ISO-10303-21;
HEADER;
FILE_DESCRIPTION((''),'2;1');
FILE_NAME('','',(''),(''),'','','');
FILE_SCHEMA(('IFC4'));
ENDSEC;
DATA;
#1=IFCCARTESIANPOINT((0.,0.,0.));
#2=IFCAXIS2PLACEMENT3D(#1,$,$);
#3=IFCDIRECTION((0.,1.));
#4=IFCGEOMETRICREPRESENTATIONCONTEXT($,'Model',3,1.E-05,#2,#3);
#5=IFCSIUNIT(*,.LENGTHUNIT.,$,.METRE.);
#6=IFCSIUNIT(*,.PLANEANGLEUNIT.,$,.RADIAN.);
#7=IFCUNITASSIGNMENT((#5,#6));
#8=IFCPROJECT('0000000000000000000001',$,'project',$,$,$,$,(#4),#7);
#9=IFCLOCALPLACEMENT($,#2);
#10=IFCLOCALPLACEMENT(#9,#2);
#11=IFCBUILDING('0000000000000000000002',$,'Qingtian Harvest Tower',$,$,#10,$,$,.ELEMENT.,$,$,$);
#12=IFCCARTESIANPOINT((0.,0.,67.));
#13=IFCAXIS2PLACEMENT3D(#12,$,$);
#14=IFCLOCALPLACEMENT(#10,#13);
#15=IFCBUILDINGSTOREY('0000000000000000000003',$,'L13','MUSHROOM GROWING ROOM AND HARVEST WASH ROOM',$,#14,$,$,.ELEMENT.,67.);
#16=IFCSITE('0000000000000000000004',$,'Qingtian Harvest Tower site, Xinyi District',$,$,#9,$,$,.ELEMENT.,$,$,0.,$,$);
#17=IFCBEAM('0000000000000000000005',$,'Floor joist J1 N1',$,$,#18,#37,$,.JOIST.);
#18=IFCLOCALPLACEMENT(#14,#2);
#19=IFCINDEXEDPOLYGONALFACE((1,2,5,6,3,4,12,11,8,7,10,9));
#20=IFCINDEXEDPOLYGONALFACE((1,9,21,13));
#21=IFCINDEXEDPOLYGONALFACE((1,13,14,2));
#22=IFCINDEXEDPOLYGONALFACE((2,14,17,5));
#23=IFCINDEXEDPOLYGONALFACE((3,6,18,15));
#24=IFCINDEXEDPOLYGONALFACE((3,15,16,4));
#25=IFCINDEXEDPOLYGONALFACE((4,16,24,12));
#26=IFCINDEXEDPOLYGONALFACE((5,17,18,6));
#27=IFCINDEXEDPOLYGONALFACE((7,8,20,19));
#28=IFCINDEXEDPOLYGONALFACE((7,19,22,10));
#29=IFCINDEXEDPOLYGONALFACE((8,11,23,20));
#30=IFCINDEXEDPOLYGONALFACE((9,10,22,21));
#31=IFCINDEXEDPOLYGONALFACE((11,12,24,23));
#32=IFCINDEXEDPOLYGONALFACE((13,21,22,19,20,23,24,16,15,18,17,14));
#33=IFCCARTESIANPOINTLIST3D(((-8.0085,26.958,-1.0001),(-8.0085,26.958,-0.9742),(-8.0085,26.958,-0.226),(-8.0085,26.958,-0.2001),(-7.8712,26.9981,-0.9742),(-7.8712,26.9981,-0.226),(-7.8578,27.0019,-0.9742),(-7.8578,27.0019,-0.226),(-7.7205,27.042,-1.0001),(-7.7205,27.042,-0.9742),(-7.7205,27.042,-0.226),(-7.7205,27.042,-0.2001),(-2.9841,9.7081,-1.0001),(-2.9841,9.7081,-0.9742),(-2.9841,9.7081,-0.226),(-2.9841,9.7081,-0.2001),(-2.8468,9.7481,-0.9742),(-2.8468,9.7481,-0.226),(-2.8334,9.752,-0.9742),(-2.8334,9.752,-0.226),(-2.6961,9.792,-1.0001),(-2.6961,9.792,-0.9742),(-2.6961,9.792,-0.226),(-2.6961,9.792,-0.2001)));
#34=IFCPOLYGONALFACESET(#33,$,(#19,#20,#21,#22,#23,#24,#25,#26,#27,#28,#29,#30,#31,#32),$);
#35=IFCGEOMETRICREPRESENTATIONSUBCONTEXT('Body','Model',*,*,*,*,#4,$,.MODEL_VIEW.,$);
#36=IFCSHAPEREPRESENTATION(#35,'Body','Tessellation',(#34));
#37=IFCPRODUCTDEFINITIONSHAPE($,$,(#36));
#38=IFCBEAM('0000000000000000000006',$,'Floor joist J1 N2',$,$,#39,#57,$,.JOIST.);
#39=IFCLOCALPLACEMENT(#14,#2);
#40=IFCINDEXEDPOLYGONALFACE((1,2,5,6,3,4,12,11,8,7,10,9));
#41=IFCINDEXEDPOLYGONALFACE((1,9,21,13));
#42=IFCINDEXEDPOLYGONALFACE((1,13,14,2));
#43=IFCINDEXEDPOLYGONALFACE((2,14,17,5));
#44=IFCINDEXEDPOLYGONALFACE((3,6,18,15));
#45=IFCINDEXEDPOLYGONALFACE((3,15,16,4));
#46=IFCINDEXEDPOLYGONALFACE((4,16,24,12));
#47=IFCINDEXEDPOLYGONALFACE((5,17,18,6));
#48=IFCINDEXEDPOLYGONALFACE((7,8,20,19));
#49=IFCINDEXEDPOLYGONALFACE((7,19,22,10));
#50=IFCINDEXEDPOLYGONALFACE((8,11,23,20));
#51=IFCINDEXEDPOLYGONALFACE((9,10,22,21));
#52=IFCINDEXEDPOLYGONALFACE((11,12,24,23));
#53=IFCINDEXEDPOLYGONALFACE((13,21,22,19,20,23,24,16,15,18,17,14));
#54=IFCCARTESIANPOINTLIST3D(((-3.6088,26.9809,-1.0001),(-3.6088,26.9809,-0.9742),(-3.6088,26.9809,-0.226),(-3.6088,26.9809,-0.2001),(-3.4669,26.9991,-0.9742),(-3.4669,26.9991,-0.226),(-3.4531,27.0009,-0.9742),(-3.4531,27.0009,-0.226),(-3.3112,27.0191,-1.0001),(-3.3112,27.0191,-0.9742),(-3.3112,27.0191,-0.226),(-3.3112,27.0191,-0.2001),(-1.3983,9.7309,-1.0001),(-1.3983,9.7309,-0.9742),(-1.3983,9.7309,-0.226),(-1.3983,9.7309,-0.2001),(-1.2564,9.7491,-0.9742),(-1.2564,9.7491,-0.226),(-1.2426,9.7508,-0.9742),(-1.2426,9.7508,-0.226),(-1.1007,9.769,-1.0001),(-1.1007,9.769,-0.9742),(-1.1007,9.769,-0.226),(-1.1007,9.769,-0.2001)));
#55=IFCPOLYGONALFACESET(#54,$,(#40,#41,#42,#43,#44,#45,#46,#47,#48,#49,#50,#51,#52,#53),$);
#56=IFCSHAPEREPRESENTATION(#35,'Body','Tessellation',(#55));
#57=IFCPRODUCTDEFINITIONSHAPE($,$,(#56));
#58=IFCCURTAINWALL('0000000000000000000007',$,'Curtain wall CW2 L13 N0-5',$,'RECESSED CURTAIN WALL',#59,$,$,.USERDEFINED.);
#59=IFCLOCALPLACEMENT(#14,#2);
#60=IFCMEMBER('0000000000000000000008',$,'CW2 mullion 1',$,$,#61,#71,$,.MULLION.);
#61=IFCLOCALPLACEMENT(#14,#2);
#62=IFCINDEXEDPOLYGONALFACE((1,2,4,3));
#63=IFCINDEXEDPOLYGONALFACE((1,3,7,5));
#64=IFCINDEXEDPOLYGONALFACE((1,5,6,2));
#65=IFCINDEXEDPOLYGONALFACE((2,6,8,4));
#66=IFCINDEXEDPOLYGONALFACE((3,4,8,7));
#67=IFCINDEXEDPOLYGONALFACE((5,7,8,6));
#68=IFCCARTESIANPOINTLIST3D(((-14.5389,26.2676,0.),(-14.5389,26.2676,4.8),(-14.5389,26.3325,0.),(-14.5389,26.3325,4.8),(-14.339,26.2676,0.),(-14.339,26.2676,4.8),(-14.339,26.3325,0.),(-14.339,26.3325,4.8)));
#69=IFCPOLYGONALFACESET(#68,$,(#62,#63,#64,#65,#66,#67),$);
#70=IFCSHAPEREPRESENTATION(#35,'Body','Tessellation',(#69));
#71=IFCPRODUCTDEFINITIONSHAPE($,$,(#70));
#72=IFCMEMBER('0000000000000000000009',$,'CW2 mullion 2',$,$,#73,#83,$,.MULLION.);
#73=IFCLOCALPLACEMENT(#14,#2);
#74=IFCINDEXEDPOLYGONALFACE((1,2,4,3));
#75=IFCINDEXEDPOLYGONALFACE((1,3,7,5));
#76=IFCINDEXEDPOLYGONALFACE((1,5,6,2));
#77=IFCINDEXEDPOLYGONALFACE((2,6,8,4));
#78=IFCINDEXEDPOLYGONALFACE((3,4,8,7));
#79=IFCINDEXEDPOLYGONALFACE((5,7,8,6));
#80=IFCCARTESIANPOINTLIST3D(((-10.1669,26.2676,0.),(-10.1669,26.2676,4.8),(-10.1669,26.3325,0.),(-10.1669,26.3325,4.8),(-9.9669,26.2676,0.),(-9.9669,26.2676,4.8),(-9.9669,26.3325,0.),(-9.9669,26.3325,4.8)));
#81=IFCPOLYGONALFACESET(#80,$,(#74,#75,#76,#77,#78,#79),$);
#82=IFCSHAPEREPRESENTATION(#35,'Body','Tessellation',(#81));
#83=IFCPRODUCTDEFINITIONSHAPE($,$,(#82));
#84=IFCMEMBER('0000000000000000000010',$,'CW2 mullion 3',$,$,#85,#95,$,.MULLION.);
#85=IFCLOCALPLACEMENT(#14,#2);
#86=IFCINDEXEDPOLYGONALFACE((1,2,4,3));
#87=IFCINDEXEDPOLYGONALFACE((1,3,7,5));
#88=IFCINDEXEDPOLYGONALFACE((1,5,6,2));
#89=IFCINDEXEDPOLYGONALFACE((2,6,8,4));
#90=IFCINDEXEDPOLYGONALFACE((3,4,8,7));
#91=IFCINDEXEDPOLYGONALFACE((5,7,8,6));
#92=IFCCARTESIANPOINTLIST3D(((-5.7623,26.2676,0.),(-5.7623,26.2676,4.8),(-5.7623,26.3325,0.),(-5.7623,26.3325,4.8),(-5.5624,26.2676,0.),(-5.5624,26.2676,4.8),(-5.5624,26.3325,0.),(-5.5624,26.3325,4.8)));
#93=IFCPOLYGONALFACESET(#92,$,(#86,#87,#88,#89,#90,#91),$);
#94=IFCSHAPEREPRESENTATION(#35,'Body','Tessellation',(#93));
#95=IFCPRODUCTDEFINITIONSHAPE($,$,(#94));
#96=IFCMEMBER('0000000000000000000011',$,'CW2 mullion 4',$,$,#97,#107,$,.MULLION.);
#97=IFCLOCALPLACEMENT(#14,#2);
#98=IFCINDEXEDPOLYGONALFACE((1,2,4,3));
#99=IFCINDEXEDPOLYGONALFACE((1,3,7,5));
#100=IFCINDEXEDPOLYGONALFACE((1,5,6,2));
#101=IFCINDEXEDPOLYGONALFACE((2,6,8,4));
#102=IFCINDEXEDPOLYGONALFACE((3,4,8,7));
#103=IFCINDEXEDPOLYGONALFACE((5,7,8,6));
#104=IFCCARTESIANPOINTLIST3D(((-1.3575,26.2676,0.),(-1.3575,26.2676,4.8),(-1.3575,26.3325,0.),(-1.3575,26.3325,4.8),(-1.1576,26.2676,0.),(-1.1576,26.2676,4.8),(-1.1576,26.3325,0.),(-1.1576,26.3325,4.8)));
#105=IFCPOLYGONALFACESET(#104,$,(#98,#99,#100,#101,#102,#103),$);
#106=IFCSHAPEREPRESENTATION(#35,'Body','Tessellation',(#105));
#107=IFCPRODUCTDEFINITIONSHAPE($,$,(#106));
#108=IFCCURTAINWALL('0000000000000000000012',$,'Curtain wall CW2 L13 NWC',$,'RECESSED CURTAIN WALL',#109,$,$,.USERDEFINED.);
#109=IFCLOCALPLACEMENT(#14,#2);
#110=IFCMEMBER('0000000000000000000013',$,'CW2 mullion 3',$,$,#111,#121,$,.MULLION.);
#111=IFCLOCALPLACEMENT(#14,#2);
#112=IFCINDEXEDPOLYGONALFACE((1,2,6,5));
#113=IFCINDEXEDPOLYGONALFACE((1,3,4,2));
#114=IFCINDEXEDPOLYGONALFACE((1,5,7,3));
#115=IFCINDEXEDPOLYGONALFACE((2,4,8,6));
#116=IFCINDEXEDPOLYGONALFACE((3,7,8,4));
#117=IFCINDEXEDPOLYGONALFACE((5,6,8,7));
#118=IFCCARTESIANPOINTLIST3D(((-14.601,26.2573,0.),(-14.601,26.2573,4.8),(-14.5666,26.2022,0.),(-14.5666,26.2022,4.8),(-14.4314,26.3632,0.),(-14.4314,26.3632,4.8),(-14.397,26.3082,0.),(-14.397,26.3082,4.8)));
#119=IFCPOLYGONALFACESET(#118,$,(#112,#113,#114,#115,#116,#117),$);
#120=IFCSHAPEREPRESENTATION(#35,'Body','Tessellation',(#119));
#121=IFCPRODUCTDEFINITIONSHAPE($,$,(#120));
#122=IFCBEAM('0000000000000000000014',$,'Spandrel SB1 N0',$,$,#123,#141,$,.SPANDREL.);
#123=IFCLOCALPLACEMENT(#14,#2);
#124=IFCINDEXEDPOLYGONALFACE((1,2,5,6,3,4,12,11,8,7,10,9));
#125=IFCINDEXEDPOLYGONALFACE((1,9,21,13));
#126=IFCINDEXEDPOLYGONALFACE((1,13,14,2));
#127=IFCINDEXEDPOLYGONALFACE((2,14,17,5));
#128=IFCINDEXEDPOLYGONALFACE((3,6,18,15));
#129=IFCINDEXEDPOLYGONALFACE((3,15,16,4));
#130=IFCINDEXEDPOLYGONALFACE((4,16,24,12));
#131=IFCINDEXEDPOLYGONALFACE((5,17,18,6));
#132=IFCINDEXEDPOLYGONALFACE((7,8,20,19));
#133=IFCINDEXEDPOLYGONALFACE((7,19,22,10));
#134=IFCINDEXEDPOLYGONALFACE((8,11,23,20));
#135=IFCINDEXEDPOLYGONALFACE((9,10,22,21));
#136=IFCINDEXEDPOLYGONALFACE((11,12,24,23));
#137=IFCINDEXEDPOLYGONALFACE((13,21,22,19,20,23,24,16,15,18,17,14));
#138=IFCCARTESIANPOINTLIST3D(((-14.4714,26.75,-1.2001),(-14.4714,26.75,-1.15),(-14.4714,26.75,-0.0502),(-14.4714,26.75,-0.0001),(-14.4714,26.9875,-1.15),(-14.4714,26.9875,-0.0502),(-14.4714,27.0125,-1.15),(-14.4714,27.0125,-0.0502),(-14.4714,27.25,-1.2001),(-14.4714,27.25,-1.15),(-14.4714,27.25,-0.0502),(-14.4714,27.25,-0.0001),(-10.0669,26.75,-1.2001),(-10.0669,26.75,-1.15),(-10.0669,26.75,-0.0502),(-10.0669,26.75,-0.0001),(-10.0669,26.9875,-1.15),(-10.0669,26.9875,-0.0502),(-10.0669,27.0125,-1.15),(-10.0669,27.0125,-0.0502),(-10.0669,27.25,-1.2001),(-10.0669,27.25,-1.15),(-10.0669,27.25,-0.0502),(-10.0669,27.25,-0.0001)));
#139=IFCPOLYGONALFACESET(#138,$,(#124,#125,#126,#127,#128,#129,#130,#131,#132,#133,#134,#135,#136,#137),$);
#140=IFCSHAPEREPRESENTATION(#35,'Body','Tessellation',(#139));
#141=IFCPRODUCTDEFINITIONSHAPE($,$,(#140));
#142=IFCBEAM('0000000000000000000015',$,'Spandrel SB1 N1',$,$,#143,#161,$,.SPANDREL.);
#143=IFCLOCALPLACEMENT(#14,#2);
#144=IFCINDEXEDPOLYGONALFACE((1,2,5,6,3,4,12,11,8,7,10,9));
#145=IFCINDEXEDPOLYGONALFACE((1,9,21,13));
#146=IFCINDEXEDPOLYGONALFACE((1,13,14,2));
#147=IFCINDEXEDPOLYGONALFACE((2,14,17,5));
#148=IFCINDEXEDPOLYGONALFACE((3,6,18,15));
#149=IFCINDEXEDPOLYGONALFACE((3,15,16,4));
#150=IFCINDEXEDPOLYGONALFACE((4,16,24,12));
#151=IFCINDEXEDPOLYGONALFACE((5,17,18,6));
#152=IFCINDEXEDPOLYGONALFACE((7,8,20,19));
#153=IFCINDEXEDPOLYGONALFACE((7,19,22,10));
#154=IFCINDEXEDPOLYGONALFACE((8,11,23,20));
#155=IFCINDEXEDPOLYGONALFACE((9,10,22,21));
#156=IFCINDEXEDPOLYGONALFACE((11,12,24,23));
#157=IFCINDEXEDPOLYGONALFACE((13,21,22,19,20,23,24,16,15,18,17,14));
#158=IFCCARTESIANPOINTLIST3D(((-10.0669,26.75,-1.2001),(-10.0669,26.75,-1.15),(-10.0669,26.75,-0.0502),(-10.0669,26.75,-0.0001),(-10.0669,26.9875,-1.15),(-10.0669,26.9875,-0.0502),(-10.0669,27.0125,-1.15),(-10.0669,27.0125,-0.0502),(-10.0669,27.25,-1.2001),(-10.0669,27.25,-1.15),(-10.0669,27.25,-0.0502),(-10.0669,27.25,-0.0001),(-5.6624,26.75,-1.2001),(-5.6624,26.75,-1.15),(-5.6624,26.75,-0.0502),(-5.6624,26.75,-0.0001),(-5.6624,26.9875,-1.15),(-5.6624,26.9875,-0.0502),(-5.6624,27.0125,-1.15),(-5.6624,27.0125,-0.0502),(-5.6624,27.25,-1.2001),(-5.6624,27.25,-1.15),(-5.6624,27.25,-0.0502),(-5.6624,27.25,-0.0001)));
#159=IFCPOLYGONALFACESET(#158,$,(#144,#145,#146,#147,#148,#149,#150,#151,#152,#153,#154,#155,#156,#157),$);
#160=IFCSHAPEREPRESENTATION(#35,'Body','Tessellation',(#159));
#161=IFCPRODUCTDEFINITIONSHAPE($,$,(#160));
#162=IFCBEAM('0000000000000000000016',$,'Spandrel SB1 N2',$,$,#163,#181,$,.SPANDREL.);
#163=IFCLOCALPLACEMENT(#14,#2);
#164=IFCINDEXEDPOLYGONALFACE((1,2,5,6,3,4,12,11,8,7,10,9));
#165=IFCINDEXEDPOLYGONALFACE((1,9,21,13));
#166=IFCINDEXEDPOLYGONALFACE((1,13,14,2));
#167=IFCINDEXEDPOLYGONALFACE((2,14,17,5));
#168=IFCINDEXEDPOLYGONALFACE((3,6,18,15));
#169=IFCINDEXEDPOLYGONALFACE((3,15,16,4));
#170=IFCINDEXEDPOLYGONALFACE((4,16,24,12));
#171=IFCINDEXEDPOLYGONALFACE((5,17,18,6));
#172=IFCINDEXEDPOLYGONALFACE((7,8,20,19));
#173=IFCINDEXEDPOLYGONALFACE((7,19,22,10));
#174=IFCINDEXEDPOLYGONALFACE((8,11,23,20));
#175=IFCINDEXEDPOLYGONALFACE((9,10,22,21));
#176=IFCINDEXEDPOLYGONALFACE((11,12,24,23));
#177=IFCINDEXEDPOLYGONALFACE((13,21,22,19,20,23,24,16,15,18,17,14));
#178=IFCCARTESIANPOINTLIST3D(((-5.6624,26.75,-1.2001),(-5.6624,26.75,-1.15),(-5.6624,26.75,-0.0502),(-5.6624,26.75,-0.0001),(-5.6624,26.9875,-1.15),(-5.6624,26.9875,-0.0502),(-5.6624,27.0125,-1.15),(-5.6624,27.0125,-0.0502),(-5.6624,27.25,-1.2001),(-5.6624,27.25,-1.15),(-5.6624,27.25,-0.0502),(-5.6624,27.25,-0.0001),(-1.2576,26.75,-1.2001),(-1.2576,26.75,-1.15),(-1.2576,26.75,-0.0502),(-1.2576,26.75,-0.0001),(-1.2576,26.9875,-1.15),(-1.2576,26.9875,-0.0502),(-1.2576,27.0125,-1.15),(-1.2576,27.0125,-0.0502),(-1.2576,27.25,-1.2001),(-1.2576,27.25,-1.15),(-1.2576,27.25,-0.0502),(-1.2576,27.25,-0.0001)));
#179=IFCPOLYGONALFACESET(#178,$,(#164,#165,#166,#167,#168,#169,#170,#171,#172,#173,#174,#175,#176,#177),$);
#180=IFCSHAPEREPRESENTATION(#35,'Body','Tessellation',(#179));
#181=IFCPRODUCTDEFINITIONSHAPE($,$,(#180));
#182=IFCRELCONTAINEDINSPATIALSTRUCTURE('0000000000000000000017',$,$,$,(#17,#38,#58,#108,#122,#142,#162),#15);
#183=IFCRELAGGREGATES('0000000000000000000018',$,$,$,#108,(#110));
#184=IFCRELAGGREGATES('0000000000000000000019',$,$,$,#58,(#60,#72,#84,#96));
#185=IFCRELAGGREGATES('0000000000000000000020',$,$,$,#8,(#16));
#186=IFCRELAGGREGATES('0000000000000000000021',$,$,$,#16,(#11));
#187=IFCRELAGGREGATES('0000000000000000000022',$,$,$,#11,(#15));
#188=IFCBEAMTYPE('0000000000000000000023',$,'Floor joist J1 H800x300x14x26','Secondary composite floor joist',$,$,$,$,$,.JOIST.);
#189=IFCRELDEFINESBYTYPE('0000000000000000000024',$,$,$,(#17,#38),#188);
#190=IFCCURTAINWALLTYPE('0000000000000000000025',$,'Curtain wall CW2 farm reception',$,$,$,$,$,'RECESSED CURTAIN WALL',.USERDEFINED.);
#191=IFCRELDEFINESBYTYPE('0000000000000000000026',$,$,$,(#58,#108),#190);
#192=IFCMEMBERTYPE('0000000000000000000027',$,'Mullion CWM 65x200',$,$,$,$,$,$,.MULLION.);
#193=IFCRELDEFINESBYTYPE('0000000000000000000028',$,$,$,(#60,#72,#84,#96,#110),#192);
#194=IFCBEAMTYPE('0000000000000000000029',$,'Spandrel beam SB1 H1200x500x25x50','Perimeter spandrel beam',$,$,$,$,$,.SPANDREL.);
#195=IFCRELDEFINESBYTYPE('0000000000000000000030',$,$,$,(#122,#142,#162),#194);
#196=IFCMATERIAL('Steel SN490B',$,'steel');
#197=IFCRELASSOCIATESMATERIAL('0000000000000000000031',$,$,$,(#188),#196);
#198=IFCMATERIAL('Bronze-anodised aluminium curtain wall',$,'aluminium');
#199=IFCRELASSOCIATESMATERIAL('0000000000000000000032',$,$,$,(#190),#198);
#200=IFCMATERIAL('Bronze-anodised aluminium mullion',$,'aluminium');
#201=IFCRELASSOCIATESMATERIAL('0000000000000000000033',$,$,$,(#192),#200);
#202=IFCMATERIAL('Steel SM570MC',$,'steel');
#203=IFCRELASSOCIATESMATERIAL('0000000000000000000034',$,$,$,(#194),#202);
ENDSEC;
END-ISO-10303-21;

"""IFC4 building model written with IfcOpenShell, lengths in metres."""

from ifc_helpers import new_model, si_unit, direction, frame, origin, origin_2d, place, context, subcontext, project, spatial, rectangle, i_section, extrude, material, material_profile, profile_set, type_object, element, aggregate, save


model = new_model("IFC4")

# Units and contexts
model_context = context("Model", 3, precision=1e-05, world=origin(), true_north=direction((0.0, 1.0)))
body_context = subcontext(model_context, "Body", "Model", "MODEL_VIEW")
ifc_project = project(units=[si_unit("LENGTHUNIT", "METRE"), si_unit("PLANEANGLEUNIT", "RADIAN")], contexts=[model_context])

# Site, building, storey
site_placement = place(None, origin())
site = spatial("IfcSite", under=ifc_project, at=site_placement, Name="Qingtian Harvest Tower site, Xinyi District", CompositionType="ELEMENT", RefElevation=0.0)
building_placement = place(site_placement, origin())
building = spatial("IfcBuilding", under=site, at=building_placement, Name="Qingtian Harvest Tower", CompositionType="ELEMENT")
storey_placement = place(building_placement, frame((0.0, 0.0, 67.0)))
storey = spatial("IfcBuildingStorey", under=building, at=storey_placement, Name="L13", Description="MUSHROOM GROWING ROOM AND HARVEST WASH ROOM", CompositionType="ELEMENT", Elevation=67.0)

# Beams
ifc_material_1 = material(Name="Steel SN490B", Category="steel")
ifc_material_profile_1 = material_profile(ifc_material_1, i_section(OverallWidth=0.3, OverallDepth=0.8, WebThickness=0.0139, FlangeThickness=0.0259, at=origin_2d()), Name="H800x300x14x26")
ifc_profile_set_1 = profile_set([ifc_material_profile_1], Name="Steel SN490B")
beam_type_1 = type_object("IfcBeamType", Name="Floor joist J1 H800x300x14x26", Description="Secondary composite floor joist", PredefinedType="JOIST", material=ifc_profile_set_1)
beam_1_placement = place(storey_placement, frame((-7.8645, 27.0, -0.6001), z_axis=(0.279649, -0.960102, 0.0), x_axis=(0.960102, 0.279649, 0.0)))
element("IfcBeam", 1, at=beam_1_placement, inside=storey, type_object=beam_type_1, Name="Floor joist J1 N1", PredefinedType="JOIST", context=body_context, shape_type="SweptSolid", body=[
    extrude(i_section(OverallWidth=0.3, OverallDepth=0.8, WebThickness=0.0139, FlangeThickness=0.0259, at=origin_2d()), origin(), (0.0, 0.0, 1.0), 17.9668),
])
beam_2_placement = place(storey_placement, frame((-3.46, 27.0, -0.6001), z_axis=(0.127103, -0.99189, 0.0), x_axis=(0.99189, 0.127103, 0.0)))
element("IfcBeam", 2, at=beam_2_placement, inside=storey, type_object=beam_type_1, Name="Floor joist J1 N2", PredefinedType="JOIST", context=body_context, shape_type="SweptSolid", body=[
    extrude(i_section(OverallWidth=0.3, OverallDepth=0.8, WebThickness=0.0139, FlangeThickness=0.0259, at=origin_2d()), origin(), (0.0, 0.0, 1.0), 17.3911),
])

# Curtain wall, members
ifc_material_2 = material(Name="Bronze-anodised aluminium curtain wall", Category="aluminium")
curtain_wall_type = type_object("IfcCurtainWallType", Name="Curtain wall CW2 farm reception", ElementType="RECESSED CURTAIN WALL", PredefinedType="USERDEFINED", material=ifc_material_2)
curtain_wall_1_placement = place(storey_placement, origin())
curtain_wall_1 = element("IfcCurtainWall", 3, at=curtain_wall_1_placement, inside=storey, type_object=curtain_wall_type, Name="Curtain wall CW2 L13 N0-5", ObjectType="RECESSED CURTAIN WALL", PredefinedType="USERDEFINED")
ifc_material_3 = material(Name="Bronze-anodised aluminium mullion", Category="aluminium")
ifc_material_profile_2 = material_profile(ifc_material_3, rectangle(XDim=0.0649, YDim=0.2, at=origin_2d()), Name="AL 65x200")
ifc_profile_set_2 = profile_set([ifc_material_profile_2], Name="Bronze-anodised aluminium mullion")
member_type_1 = type_object("IfcMemberType", Name="Mullion CWM 65x200", PredefinedType="MULLION", material=ifc_profile_set_2)
member_1_placement = place(storey_placement, frame((-14.439, 26.3, 0.0), z_axis=(0.0, 0.0, 1.0), x_axis=(0.0, 1.0, 0.0)))
member_1 = element("IfcMember", 4, at=member_1_placement, type_object=member_type_1, Name="CW2 mullion 1", PredefinedType="MULLION", context=body_context, shape_type="SweptSolid", body=[
    extrude(rectangle(XDim=0.0649, YDim=0.2, at=origin_2d()), origin(), (0.0, 0.0, 1.0), 4.8),
])
member_2_placement = place(storey_placement, frame((-10.0669, 26.3, 0.0), z_axis=(0.0, 0.0, 1.0), x_axis=(0.0, 1.0, 0.0)))
member_2 = element("IfcMember", 5, at=member_2_placement, type_object=member_type_1, Name="CW2 mullion 2", PredefinedType="MULLION", context=body_context, shape_type="SweptSolid", body=[
    extrude(rectangle(XDim=0.0649, YDim=0.2, at=origin_2d()), origin(), (0.0, 0.0, 1.0), 4.8),
])
member_3_placement = place(storey_placement, frame((-5.6624, 26.3, 0.0), z_axis=(0.0, 0.0, 1.0), x_axis=(0.0, 1.0, 0.0)))
member_3 = element("IfcMember", 6, at=member_3_placement, type_object=member_type_1, Name="CW2 mullion 3", PredefinedType="MULLION", context=body_context, shape_type="SweptSolid", body=[
    extrude(rectangle(XDim=0.0649, YDim=0.2, at=origin_2d()), origin(), (0.0, 0.0, 1.0), 4.8),
])
member_4_placement = place(storey_placement, frame((-1.2576, 26.3, 0.0), z_axis=(0.0, 0.0, 1.0), x_axis=(0.0, 1.0, 0.0)))
member_4 = element("IfcMember", 7, at=member_4_placement, type_object=member_type_1, Name="CW2 mullion 4", PredefinedType="MULLION", context=body_context, shape_type="SweptSolid", body=[
    extrude(rectangle(XDim=0.0649, YDim=0.2, at=origin_2d()), origin(), (0.0, 0.0, 1.0), 4.8),
])

# Curtain wall, member
curtain_wall_2_placement = place(storey_placement, origin())
curtain_wall_2 = element("IfcCurtainWall", 8, at=curtain_wall_2_placement, inside=storey, type_object=curtain_wall_type, Name="Curtain wall CW2 L13 NWC", ObjectType="RECESSED CURTAIN WALL", PredefinedType="USERDEFINED")
member_5_placement = place(storey_placement, frame((-14.499, 26.2827, 0.0), z_axis=(0.0, 0.0, 1.0), x_axis=(-0.529919, 0.848048, 0.0)))
member_5 = element("IfcMember", 9, at=member_5_placement, type_object=member_type_1, Name="CW2 mullion 3", PredefinedType="MULLION", context=body_context, shape_type="SweptSolid", body=[
    extrude(rectangle(XDim=0.0649, YDim=0.2, at=origin_2d()), origin(), (0.0, 0.0, 1.0), 4.8),
])
aggregate(curtain_wall_2, [member_5])

# Beams
ifc_material_4 = material(Name="Steel SM570MC", Category="steel")
ifc_material_profile_3 = material_profile(ifc_material_4, i_section(OverallWidth=0.5, OverallDepth=1.2, WebThickness=0.0249, FlangeThickness=0.05, at=origin_2d()), Name="H1200x500x25x50")
ifc_profile_set_3 = profile_set([ifc_material_profile_3], Name="Steel SM570MC")
beam_type_2 = type_object("IfcBeamType", Name="Spandrel beam SB1 H1200x500x25x50", Description="Perimeter spandrel beam", PredefinedType="SPANDREL", material=ifc_profile_set_3)
for number, where, z_axis, x_axis, name in (
    (10, (-14.4714, 27.0, -0.6001), (1.0, 0.0, 0.0), (0.0, 1.0, 0.0), "Spandrel SB1 N0"),
    (11, (-10.0669, 27.0, -0.6001), (1.0, 0.0, 0.0), (0.0, 1.0, 0.0), "Spandrel SB1 N1"),
):
    element("IfcBeam", number, at=place(storey_placement, frame(where, z_axis=z_axis, x_axis=x_axis)), inside=storey, type_object=beam_type_2, Name=name, PredefinedType="SPANDREL", context=body_context, shape_type="SweptSolid", body=[
        extrude(i_section(OverallWidth=0.5, OverallDepth=1.2, WebThickness=0.0249, FlangeThickness=0.05, at=origin_2d()), origin(), (0.0, 0.0, 1.0), 4.4045),
    ])
beam_3_placement = place(storey_placement, frame((-5.6624, 27.0, -0.6001), z_axis=(1.0, 0.0, 0.0), x_axis=(0.0, 1.0, 0.0)))
element("IfcBeam", 12, at=beam_3_placement, inside=storey, type_object=beam_type_2, Name="Spandrel SB1 N2", PredefinedType="SPANDREL", context=body_context, shape_type="SweptSolid", body=[
    extrude(i_section(OverallWidth=0.5, OverallDepth=1.2, WebThickness=0.0249, FlangeThickness=0.05, at=origin_2d()), origin(), (0.0, 0.0, 1.0), 4.4048),
])

aggregate(curtain_wall_1, [member_1, member_2, member_3, member_4])

save(model, "model.ifc")
